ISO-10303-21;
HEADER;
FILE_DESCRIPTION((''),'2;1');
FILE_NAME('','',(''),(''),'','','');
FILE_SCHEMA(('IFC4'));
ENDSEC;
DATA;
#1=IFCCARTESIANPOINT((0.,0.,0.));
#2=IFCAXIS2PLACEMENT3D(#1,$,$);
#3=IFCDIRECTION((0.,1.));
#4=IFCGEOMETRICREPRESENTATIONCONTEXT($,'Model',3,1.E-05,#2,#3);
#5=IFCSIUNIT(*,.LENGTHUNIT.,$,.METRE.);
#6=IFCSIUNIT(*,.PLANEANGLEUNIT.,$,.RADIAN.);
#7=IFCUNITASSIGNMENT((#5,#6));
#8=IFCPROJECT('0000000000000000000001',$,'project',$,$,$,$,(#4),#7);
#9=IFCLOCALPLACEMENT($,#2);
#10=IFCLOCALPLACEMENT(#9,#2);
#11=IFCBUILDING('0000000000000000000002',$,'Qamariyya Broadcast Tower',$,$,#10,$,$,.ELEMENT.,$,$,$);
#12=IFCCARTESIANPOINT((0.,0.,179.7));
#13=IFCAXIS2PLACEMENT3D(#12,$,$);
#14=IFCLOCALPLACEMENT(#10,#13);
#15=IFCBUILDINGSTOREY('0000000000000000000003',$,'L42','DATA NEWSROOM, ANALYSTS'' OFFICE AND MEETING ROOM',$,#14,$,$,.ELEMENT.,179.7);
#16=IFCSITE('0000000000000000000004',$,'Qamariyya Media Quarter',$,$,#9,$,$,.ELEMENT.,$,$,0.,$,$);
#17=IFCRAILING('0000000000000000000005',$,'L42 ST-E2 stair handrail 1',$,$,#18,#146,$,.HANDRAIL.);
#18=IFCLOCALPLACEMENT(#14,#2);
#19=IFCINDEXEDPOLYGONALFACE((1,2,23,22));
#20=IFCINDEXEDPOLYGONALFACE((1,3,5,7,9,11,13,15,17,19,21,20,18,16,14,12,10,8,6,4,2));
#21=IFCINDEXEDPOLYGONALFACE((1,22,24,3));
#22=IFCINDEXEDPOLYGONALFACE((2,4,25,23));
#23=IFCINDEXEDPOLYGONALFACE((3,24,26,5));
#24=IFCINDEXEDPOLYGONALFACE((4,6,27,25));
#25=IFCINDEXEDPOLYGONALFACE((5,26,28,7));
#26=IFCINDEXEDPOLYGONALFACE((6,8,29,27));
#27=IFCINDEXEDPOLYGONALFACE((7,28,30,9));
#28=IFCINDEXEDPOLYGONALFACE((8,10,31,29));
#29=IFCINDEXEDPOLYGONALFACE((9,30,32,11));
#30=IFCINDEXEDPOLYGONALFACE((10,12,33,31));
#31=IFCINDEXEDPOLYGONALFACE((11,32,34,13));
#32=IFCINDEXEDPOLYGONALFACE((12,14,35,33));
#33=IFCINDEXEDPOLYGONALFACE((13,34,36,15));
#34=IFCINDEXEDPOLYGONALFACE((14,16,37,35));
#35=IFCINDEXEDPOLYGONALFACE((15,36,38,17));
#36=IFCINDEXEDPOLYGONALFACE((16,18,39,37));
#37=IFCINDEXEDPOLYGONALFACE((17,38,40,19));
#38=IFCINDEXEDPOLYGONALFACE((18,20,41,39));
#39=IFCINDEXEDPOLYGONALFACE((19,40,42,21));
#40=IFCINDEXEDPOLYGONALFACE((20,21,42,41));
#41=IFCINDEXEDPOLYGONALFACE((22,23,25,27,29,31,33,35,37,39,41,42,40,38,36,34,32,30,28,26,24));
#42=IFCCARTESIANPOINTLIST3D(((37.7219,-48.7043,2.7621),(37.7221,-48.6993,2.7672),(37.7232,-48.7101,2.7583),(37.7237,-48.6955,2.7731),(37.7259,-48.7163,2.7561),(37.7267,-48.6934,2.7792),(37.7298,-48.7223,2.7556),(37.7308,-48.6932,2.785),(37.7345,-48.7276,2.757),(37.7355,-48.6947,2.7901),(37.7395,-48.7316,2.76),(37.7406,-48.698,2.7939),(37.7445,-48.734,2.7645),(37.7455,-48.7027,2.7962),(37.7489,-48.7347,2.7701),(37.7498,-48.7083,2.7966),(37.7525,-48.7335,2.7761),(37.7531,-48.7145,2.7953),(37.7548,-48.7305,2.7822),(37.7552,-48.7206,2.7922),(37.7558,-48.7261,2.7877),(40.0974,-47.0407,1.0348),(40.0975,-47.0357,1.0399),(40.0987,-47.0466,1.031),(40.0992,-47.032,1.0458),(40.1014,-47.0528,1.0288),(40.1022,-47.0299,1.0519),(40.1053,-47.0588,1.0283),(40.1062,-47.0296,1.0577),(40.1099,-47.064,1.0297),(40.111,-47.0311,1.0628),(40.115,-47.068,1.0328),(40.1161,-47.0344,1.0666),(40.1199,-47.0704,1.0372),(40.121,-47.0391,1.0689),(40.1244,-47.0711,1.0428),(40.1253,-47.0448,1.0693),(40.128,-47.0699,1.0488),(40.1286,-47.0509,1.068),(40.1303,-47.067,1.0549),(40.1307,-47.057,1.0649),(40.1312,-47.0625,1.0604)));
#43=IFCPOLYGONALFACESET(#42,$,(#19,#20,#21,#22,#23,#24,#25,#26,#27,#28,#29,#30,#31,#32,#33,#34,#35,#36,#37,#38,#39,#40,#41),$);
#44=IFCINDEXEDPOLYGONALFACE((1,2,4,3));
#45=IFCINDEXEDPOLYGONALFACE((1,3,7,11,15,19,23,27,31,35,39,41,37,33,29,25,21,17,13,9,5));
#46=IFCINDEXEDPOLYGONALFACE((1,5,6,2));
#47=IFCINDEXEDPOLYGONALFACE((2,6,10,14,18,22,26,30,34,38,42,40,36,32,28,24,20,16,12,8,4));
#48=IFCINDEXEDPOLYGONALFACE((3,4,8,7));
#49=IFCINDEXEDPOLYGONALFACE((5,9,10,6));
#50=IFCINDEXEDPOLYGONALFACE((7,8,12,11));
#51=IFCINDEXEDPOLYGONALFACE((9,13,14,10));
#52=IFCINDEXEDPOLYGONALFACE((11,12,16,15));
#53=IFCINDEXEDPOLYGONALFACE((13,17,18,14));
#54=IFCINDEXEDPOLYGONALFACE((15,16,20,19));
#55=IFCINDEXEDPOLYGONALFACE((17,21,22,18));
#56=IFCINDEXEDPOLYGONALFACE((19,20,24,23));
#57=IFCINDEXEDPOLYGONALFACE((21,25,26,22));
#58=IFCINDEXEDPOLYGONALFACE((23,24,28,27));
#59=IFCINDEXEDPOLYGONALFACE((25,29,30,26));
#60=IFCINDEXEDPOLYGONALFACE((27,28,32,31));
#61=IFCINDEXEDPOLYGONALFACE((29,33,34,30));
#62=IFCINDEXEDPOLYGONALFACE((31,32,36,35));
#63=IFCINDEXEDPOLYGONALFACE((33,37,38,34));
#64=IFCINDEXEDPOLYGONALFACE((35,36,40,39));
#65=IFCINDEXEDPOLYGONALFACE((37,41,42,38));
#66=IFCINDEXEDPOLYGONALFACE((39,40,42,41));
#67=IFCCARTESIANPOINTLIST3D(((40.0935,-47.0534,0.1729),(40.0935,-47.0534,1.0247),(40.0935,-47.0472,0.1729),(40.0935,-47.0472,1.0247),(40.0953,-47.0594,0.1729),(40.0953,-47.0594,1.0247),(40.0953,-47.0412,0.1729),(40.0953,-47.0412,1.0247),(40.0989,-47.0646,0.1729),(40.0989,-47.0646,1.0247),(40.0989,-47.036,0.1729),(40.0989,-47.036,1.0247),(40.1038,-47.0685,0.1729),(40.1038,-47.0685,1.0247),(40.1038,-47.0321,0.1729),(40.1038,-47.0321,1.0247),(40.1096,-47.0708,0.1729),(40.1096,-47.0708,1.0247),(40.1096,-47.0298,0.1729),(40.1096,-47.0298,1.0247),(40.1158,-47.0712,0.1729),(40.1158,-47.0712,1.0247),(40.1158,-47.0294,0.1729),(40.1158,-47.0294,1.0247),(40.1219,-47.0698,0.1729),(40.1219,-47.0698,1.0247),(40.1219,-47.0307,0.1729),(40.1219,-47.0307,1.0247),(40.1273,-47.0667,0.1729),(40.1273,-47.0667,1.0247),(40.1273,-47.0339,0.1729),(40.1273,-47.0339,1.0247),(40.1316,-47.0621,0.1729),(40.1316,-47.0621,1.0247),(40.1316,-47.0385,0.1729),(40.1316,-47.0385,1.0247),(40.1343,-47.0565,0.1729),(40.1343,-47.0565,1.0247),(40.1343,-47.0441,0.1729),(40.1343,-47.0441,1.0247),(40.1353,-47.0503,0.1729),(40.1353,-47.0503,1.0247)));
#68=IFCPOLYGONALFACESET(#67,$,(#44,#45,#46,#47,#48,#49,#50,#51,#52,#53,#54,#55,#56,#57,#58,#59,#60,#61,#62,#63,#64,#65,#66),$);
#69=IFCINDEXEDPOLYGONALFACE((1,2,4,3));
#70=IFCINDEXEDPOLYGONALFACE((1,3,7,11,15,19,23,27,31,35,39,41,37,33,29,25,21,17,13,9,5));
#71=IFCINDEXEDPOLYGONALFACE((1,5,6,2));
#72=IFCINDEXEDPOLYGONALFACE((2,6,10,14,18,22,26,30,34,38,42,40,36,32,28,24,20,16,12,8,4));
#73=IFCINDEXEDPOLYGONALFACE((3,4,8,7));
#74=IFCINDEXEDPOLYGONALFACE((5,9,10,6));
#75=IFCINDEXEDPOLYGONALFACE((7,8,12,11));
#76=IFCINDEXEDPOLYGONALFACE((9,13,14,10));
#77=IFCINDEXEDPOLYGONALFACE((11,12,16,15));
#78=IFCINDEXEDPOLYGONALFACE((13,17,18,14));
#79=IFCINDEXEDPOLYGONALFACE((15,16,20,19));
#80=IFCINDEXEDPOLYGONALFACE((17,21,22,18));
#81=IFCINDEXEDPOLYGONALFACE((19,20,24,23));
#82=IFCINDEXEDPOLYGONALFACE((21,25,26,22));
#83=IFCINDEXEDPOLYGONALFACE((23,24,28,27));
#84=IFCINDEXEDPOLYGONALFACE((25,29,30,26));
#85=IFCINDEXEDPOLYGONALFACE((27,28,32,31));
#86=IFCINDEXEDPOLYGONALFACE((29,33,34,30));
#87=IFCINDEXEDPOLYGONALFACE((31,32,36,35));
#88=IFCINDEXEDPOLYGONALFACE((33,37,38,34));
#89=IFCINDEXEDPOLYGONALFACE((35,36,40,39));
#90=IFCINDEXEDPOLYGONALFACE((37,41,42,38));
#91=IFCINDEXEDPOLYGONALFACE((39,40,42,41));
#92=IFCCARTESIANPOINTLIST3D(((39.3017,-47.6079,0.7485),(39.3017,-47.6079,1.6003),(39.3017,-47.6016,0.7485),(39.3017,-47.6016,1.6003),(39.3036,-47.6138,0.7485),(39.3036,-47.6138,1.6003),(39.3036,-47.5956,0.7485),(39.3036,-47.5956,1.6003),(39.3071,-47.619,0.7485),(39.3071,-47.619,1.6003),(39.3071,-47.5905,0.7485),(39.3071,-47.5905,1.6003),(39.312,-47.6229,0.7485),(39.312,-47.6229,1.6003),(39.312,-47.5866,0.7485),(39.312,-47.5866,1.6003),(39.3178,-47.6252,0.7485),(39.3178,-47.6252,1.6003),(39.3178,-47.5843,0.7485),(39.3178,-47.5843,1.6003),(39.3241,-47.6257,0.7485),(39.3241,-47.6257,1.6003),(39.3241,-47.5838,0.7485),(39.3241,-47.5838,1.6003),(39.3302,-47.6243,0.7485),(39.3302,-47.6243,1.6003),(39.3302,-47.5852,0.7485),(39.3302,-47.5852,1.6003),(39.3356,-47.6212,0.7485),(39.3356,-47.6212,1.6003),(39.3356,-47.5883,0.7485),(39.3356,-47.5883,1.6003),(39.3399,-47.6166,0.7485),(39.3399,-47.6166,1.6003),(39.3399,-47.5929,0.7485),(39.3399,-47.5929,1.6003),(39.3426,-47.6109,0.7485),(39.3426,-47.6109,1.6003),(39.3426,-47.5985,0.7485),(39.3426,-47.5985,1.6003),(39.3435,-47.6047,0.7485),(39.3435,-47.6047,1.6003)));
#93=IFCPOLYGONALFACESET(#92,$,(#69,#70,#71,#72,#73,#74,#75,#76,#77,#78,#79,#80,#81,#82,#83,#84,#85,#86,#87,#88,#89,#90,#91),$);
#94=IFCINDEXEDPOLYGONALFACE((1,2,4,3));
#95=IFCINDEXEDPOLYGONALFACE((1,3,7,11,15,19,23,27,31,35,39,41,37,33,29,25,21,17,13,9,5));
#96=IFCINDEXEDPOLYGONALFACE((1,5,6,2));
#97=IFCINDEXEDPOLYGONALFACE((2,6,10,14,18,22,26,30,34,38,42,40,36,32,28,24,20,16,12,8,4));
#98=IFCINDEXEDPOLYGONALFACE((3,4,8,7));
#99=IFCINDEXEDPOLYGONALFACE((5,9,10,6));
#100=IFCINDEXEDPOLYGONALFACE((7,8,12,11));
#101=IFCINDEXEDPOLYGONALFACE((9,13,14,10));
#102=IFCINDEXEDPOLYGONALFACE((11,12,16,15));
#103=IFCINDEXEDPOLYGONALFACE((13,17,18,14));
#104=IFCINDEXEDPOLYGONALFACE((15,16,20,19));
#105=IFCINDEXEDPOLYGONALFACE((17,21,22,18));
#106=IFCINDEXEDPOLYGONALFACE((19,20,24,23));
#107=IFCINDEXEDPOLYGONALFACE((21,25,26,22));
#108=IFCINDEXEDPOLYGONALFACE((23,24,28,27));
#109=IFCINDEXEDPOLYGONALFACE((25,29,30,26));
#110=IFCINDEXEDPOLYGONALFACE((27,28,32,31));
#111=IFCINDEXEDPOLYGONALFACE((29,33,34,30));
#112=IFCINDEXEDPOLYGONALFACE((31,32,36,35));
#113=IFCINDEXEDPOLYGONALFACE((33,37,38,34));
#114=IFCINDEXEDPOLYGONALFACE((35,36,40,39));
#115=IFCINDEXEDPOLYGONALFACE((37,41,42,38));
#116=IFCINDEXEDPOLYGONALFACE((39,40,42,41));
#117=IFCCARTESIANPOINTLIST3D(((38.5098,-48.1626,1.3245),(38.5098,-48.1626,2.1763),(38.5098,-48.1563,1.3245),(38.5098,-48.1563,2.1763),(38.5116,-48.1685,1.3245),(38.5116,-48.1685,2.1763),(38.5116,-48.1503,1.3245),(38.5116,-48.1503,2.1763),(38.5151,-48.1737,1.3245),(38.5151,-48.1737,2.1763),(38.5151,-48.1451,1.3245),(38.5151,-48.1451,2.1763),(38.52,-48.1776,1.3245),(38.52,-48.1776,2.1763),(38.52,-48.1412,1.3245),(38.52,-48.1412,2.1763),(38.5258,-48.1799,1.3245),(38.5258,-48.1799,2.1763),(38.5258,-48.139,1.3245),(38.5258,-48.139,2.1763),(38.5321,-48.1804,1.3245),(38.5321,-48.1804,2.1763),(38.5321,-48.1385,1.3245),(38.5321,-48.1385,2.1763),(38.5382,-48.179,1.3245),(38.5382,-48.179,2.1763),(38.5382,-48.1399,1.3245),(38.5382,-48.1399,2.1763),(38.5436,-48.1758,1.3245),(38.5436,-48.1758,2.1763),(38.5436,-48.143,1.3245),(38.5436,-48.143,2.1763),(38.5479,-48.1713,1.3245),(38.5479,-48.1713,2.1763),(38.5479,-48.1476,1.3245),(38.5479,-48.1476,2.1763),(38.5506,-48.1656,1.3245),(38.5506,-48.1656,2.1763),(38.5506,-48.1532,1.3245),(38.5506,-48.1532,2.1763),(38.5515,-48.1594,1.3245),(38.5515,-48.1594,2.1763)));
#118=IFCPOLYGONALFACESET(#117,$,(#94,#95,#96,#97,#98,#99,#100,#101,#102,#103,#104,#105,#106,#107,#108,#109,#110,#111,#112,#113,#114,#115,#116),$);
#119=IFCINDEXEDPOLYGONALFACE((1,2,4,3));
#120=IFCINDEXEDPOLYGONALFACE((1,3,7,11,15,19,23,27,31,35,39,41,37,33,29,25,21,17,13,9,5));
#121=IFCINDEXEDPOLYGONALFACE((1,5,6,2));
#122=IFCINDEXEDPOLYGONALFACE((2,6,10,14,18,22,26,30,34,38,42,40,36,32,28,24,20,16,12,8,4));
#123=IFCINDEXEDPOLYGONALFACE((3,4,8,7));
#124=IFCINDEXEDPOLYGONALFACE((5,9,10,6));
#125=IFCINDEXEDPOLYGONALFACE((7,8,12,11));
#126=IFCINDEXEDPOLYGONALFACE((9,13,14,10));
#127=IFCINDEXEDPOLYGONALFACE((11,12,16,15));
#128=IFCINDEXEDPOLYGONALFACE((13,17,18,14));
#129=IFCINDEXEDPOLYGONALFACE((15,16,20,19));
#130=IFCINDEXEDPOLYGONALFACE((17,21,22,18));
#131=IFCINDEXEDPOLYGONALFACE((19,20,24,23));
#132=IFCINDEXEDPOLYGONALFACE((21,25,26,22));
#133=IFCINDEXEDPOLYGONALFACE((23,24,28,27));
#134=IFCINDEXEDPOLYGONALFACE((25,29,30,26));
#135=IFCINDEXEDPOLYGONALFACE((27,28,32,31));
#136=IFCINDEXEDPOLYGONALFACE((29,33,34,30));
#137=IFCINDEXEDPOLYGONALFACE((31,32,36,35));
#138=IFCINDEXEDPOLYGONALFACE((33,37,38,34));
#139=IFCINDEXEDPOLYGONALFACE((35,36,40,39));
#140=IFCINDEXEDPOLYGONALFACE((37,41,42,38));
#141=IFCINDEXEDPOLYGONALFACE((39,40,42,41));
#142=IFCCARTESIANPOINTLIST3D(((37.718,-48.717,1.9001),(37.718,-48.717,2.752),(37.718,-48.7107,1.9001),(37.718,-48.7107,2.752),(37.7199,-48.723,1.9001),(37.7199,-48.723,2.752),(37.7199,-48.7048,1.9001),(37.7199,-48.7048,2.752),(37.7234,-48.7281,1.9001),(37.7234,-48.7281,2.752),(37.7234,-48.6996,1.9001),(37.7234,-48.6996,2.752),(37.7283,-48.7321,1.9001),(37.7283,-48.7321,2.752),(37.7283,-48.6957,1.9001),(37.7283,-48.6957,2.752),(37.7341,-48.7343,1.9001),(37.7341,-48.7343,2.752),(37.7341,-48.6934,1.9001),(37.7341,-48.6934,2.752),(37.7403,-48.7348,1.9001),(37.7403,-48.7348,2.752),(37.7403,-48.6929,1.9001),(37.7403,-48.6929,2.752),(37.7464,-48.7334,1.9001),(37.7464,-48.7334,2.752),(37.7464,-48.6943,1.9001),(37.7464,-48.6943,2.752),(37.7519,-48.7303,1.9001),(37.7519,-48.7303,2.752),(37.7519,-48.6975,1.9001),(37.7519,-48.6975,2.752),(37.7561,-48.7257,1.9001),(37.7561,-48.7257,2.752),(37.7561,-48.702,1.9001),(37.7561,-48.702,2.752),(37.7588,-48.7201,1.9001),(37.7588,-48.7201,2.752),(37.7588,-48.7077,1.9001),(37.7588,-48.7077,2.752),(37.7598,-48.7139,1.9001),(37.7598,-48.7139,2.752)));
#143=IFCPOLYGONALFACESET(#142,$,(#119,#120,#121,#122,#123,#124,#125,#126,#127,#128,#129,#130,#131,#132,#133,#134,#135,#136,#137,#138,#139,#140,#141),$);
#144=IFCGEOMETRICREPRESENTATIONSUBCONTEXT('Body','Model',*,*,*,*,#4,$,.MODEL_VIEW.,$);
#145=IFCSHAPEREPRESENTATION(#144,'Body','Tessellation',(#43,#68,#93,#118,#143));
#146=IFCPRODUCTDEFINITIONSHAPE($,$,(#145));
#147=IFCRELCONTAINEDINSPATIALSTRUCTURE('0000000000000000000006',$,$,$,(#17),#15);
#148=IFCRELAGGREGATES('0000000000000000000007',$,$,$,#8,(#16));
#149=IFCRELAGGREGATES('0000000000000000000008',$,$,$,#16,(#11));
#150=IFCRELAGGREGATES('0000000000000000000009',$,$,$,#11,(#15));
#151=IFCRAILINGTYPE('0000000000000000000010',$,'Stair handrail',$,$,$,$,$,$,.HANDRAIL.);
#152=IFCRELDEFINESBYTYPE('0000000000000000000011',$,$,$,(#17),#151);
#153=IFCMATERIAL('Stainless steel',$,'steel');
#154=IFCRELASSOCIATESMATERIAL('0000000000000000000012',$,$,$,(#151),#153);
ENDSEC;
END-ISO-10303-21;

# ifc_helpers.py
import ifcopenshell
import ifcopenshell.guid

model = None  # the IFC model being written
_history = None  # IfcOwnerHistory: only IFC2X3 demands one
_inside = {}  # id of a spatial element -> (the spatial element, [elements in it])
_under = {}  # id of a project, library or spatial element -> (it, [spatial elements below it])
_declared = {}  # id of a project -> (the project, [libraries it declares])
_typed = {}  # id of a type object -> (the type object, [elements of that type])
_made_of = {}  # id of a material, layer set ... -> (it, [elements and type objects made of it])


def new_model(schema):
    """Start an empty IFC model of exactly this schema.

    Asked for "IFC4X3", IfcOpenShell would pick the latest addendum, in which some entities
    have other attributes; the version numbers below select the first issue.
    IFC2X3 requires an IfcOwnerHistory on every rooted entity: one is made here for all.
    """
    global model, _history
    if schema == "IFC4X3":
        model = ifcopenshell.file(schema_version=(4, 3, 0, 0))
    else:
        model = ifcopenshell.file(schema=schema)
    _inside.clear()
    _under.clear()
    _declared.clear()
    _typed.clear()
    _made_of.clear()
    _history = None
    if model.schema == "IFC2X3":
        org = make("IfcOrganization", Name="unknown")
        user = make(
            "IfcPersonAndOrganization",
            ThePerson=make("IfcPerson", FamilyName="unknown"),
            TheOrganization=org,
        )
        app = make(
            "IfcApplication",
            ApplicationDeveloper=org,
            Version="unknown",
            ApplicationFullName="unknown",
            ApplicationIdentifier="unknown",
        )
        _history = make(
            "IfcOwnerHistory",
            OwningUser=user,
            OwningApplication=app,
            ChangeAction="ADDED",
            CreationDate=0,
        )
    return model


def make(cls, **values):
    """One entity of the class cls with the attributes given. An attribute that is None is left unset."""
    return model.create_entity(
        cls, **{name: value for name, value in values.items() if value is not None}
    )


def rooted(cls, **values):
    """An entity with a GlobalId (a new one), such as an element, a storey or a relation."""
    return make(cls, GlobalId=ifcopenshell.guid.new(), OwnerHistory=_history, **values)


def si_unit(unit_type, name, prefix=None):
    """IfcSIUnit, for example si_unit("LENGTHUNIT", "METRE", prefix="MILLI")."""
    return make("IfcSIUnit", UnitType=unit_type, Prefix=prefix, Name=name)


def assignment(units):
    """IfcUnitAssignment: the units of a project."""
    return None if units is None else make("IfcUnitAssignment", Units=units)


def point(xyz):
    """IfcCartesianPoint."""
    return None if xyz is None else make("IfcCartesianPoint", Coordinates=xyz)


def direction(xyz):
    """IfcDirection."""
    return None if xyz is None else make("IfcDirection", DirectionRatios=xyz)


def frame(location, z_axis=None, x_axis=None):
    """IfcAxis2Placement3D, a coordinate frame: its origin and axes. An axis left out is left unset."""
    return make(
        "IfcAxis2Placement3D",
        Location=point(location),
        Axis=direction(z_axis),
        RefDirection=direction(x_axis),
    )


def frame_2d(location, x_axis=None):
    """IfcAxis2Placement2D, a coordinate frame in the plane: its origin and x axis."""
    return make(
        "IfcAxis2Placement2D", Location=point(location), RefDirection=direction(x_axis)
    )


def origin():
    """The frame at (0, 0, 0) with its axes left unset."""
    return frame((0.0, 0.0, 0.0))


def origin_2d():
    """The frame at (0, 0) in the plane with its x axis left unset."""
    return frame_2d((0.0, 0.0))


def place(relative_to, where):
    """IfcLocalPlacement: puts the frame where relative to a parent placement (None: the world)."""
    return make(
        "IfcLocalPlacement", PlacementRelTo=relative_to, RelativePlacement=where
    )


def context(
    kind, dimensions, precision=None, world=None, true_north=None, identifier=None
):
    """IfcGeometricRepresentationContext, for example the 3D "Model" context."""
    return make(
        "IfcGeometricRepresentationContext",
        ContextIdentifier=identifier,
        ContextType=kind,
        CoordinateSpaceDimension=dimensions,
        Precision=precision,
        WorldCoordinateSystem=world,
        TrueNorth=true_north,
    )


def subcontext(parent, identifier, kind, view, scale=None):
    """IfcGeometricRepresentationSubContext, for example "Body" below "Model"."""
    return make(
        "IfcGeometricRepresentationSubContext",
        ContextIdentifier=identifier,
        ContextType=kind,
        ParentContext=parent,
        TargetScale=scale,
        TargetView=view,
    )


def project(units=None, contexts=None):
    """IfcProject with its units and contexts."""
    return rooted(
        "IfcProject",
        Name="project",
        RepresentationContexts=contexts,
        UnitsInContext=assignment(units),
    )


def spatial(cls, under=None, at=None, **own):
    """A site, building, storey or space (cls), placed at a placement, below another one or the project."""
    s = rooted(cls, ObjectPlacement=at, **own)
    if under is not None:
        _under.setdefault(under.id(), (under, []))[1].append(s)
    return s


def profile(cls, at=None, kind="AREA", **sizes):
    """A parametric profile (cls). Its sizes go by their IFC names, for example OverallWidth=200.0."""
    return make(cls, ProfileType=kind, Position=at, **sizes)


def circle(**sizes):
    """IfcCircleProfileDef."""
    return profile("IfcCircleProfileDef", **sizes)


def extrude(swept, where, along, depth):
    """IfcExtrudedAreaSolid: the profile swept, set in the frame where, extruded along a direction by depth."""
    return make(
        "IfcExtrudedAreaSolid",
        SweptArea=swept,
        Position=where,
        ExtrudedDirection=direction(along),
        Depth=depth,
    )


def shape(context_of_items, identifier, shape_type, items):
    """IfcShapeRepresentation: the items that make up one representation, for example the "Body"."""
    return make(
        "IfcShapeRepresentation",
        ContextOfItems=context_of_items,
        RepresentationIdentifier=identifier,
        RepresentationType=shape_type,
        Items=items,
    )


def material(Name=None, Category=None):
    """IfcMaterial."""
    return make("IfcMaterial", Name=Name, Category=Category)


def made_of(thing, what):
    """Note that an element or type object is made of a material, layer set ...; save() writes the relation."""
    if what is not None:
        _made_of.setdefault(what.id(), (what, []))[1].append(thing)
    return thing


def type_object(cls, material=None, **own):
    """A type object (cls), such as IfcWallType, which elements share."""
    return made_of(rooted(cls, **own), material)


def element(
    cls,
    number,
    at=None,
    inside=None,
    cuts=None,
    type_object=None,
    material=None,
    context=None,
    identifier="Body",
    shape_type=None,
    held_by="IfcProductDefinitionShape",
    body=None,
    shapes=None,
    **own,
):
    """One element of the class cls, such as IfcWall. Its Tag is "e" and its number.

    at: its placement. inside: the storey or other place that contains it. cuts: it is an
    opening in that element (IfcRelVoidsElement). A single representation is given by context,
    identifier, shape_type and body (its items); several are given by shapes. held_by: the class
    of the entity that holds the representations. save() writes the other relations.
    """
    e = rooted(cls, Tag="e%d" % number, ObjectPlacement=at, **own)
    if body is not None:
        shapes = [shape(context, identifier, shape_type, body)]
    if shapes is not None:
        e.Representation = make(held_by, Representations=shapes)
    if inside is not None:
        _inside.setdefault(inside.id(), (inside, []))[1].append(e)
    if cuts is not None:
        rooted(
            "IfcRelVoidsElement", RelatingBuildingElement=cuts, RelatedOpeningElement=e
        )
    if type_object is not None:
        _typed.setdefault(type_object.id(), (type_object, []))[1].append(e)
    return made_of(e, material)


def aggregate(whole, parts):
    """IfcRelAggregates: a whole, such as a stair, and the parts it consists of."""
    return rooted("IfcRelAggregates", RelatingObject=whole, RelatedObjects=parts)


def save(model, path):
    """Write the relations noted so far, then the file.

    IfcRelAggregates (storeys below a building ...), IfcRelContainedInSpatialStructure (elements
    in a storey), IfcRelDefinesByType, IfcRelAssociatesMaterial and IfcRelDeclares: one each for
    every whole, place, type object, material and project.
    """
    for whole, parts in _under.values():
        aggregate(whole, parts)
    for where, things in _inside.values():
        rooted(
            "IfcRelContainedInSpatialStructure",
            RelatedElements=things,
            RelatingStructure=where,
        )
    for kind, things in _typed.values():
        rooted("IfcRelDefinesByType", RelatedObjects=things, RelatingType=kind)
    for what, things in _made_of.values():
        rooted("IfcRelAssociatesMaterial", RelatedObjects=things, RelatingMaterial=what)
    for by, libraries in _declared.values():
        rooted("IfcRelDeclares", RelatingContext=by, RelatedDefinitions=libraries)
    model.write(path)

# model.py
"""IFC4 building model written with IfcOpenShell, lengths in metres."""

from ifc_helpers import new_model, si_unit, direction, frame, origin, origin_2d, place, context, subcontext, project, spatial, circle, extrude, material, type_object, element, save


model = new_model("IFC4")

# Units and contexts
model_context = context("Model", 3, precision=1e-05, world=origin(), true_north=direction((0.0, 1.0)))
body_context = subcontext(model_context, "Body", "Model", "MODEL_VIEW")
ifc_project = project(units=[si_unit("LENGTHUNIT", "METRE"), si_unit("PLANEANGLEUNIT", "RADIAN")], contexts=[model_context])

# Site, building, storey
site_placement = place(None, origin())
site = spatial("IfcSite", under=ifc_project, at=site_placement, Name="Qamariyya Media Quarter", CompositionType="ELEMENT", RefElevation=0.0)
building_placement = place(site_placement, origin())
building = spatial("IfcBuilding", under=site, at=building_placement, Name="Qamariyya Broadcast Tower", CompositionType="ELEMENT")
storey_placement = place(building_placement, frame((0.0, 0.0, 179.7)))
storey = spatial("IfcBuildingStorey", under=building, at=storey_placement, Name="L42", Description="DATA NEWSROOM, ANALYSTS' OFFICE AND MEETING ROOM", CompositionType="ELEMENT", Elevation=179.7)

# Railing
ifc_material_1 = material(Name="Stainless steel", Category="steel")
railing_type_1 = type_object("IfcRailingType", Name="Stair handrail", PredefinedType="HANDRAIL", material=ifc_material_1)
railing_1_placement = place(storey_placement, frame((40.1143, -47.0503, 0.1729)))
element("IfcRailing", 1, at=railing_1_placement, inside=storey, type_object=railing_type_1, Name="L42 ST-E2 stair handrail 1", PredefinedType="HANDRAIL", context=body_context, shape_type="SweptSolid", body=[
    extrude(circle(Radius=0.0239, at=origin_2d()), frame((0.0, 0.0, 0.876), z_axis=(-0.703745, -0.492838, 0.511716), x_axis=(0.573632, -0.819113, 0.0)), (0.0, 0.0, 1.0), 3.3755),
    extrude(circle(Radius=0.021, at=origin_2d()), origin(), (0.0, 0.0, 1.0), 0.8518),
    extrude(circle(Radius=0.021, at=origin_2d()), frame((-0.7917, -0.5544, 0.5757)), (0.0, 0.0, 1.0), 0.8518),
    extrude(circle(Radius=0.021, at=origin_2d()), frame((-1.5837, -1.1091, 1.1516)), (0.0, 0.0, 1.0), 0.8518),
    extrude(circle(Radius=0.021, at=origin_2d()), frame((-2.3755, -1.6636, 1.7273)), (0.0, 0.0, 1.0), 0.8518),
])

save(model, "model.ifc")
